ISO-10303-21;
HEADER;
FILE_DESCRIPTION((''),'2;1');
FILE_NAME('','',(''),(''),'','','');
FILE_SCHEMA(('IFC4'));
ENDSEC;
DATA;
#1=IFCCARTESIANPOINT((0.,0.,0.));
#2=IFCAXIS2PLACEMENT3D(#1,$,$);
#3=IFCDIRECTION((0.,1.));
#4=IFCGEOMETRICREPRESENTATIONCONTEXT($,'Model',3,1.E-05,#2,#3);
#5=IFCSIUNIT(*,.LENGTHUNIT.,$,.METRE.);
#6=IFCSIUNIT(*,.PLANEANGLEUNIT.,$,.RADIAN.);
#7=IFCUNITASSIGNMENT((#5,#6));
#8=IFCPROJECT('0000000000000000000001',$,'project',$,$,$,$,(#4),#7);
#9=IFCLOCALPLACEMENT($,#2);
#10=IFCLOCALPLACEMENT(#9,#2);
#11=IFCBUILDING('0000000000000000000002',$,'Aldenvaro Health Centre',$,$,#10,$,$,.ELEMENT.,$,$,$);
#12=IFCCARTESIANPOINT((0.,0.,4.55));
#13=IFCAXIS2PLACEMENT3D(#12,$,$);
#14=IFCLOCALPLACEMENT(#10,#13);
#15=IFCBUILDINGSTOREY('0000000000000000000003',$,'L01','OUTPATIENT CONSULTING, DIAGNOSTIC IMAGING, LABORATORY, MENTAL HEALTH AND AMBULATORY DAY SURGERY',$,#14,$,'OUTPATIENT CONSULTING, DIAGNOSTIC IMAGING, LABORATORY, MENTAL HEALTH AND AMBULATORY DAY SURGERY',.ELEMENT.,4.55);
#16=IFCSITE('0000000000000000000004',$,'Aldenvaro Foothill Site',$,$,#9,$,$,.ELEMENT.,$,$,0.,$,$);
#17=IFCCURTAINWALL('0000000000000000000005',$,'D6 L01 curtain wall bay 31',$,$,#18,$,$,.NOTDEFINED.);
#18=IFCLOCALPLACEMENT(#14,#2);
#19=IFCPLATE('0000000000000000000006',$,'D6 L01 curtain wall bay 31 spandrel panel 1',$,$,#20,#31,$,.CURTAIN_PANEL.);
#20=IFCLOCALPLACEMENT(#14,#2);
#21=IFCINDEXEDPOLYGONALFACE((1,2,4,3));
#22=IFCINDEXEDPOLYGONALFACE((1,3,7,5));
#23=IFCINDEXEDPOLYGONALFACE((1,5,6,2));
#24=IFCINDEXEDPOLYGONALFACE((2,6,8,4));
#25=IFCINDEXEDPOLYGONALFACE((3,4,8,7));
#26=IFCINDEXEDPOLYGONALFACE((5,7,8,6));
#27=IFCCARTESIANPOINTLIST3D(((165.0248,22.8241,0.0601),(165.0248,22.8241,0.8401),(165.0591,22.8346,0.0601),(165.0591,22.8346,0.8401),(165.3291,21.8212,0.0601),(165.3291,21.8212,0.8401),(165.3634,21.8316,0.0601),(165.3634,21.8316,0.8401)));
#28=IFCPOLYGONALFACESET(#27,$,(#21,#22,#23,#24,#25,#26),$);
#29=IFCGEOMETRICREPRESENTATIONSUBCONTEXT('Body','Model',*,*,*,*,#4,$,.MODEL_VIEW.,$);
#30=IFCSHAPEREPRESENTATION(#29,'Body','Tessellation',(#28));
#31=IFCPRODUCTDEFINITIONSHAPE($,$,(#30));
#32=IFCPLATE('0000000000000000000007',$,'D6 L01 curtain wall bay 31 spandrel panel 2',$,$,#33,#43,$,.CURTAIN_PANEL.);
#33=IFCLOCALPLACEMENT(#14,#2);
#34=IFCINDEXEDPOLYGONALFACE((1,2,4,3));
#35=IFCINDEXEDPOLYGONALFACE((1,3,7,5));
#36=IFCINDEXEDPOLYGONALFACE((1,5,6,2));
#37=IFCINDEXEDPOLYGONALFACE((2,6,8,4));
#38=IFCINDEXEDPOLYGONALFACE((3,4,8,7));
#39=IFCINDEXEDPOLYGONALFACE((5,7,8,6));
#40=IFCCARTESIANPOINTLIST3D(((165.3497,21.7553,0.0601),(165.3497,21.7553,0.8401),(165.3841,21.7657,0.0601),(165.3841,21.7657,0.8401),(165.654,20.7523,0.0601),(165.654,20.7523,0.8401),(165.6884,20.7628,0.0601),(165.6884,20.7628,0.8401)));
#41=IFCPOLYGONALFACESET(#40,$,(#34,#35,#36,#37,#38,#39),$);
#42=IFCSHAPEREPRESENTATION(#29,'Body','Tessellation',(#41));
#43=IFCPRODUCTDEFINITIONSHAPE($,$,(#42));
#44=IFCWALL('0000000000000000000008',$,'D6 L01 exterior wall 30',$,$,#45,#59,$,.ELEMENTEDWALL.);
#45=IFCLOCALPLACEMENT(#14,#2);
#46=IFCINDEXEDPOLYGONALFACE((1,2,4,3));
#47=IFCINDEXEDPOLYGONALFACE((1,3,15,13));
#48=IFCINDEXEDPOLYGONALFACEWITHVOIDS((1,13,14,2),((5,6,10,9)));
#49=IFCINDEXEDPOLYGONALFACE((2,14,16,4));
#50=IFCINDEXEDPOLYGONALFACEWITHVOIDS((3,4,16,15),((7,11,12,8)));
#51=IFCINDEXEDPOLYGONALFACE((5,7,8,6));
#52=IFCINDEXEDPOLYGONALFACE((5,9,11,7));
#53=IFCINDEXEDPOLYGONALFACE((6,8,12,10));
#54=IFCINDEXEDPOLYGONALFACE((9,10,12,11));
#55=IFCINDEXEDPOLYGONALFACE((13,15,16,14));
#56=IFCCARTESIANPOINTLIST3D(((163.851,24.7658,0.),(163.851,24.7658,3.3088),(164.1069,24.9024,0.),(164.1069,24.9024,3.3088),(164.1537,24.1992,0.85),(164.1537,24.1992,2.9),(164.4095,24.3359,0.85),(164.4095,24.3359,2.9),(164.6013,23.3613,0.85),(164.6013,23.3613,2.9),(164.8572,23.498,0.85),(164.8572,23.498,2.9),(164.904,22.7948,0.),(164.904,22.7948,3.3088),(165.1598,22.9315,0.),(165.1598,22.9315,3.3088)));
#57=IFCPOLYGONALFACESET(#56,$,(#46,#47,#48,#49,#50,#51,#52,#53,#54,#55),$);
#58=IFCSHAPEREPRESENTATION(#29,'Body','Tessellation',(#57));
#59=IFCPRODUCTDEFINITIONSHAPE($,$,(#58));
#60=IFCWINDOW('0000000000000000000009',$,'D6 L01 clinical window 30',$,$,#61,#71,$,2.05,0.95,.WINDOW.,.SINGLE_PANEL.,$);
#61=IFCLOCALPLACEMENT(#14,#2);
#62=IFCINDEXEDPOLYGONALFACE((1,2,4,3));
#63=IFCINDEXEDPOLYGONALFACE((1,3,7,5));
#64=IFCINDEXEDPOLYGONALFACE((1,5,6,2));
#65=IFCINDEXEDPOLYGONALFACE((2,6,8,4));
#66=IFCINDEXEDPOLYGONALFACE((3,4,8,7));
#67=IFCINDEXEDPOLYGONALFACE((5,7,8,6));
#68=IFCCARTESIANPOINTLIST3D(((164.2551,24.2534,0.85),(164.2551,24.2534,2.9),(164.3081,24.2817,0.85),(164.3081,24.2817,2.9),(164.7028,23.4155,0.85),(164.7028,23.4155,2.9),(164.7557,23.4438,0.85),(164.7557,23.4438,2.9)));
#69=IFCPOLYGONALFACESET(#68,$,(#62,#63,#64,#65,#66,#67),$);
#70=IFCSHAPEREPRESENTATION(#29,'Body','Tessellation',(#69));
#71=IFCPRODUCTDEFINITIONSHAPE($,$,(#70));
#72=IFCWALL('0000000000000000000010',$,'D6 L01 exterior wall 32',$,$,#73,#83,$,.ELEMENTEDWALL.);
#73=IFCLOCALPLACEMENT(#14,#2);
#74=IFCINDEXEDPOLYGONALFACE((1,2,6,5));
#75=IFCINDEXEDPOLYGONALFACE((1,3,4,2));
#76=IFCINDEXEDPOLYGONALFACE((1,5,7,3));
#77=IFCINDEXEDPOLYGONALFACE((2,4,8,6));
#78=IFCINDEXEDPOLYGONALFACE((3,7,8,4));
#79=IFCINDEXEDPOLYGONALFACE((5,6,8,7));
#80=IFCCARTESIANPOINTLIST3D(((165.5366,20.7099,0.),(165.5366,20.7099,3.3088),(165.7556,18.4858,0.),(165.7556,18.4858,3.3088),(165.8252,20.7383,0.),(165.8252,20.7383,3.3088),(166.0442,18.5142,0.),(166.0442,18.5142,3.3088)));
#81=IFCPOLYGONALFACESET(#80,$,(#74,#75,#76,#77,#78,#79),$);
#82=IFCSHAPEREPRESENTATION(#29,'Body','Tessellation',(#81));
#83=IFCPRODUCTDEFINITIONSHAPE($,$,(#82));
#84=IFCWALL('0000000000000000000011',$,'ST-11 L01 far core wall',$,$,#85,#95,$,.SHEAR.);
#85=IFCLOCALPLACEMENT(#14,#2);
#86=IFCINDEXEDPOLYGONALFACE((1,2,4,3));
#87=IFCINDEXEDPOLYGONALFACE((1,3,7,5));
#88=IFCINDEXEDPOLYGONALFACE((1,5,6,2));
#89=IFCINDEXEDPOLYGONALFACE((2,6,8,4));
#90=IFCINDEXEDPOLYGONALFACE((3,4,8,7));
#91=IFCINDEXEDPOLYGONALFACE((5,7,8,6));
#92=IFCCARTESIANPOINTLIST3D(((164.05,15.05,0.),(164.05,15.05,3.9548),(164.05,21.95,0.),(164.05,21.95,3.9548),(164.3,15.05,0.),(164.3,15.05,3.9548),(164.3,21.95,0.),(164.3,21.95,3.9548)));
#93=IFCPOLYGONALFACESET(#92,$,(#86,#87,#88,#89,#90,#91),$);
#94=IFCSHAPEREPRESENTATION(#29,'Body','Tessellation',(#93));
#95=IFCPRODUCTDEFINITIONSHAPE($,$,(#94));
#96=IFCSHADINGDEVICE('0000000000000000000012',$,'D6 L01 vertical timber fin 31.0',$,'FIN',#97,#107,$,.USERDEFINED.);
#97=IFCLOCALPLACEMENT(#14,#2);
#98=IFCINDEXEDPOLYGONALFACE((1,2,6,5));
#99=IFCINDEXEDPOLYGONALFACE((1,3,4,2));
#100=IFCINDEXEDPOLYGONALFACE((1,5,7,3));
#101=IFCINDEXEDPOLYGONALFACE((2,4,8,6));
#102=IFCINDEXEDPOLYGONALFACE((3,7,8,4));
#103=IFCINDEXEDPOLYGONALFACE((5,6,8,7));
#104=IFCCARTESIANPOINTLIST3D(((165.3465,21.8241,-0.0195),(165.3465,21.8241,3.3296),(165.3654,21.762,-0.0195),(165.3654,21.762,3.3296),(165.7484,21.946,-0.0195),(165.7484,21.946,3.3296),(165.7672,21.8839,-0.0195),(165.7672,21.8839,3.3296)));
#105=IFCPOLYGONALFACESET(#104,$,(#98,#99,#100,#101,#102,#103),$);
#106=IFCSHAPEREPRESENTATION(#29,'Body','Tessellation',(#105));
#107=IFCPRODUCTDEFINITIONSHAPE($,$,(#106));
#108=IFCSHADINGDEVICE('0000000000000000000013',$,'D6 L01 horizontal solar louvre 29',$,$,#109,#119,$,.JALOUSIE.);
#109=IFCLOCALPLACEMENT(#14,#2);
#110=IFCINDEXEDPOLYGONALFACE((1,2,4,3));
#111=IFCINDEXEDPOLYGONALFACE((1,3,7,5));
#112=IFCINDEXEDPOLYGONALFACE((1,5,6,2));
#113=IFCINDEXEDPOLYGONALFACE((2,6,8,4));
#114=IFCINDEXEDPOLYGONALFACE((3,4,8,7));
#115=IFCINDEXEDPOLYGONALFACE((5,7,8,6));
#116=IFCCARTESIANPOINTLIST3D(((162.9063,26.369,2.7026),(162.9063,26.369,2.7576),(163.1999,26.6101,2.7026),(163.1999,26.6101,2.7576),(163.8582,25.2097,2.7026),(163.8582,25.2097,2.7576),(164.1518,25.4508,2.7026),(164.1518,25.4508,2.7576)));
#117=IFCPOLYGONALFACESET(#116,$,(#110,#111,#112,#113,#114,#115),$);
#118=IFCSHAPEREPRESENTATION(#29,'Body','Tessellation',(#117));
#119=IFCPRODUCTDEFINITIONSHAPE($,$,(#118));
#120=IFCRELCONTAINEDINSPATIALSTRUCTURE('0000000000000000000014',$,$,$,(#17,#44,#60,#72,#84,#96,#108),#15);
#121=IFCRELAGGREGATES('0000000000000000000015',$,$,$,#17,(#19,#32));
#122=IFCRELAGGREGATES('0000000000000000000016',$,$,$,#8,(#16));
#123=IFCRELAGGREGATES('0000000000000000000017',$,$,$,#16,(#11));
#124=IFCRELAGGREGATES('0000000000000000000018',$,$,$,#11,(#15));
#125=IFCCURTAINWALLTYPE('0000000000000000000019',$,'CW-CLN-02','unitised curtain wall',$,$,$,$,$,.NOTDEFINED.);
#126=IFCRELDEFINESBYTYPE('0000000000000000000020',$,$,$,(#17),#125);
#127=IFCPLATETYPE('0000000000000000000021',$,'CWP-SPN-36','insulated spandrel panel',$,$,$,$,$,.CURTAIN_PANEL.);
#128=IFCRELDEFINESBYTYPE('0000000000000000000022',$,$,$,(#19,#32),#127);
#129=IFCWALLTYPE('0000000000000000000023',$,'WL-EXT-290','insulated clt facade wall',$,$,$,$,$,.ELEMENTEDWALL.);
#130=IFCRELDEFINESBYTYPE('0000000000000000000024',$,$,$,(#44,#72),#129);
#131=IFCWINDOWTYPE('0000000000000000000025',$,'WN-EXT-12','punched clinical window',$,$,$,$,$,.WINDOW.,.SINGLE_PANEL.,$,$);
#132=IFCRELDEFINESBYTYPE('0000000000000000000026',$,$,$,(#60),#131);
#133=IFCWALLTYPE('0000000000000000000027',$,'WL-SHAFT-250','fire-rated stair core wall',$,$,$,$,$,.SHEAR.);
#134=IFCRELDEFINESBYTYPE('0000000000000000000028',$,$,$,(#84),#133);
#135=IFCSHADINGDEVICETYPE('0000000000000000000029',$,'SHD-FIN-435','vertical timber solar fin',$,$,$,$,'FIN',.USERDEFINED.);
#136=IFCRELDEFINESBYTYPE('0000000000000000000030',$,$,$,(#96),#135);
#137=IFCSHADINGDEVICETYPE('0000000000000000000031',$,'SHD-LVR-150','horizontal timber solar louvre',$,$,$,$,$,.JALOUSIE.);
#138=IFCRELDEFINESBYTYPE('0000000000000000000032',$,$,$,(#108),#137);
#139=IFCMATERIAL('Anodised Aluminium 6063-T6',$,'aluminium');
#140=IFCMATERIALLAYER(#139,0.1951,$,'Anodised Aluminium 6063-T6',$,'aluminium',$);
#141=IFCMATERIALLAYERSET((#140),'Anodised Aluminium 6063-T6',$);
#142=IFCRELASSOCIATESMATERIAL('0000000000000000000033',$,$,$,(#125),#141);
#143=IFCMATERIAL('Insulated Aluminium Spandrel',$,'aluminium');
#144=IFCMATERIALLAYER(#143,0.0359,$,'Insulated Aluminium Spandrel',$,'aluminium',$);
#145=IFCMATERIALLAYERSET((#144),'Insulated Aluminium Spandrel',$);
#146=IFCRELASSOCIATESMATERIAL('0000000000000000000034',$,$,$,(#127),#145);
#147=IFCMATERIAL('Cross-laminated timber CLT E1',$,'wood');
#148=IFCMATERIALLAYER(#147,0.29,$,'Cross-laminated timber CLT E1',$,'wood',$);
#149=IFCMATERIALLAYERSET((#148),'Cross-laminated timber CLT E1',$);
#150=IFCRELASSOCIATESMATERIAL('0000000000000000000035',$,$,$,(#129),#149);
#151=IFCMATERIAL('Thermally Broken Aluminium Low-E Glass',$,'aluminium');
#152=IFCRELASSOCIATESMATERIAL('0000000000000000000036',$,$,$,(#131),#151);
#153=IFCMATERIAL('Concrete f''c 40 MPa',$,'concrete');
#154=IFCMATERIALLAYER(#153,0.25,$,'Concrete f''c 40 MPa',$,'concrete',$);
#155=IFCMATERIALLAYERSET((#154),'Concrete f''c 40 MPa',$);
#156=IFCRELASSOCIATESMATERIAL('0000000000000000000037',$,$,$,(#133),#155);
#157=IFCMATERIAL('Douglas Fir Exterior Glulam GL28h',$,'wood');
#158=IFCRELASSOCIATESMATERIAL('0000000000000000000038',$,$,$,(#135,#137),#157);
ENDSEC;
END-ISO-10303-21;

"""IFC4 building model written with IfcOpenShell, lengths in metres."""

from ifc_helpers import new_model, si_unit, direction, frame, frame_2d, origin, origin_2d, place, context, subcontext, project, spatial, rectangle, extrude, material, layer, layer_set, type_object, element, fill, aggregate, save


model = new_model("IFC4")

# Units and contexts
model_context = context("Model", 3, precision=1e-05, world=origin(), true_north=direction((0.0, 1.0)))
body_context = subcontext(model_context, "Body", "Model", "MODEL_VIEW")
ifc_project = project(units=[si_unit("LENGTHUNIT", "METRE"), si_unit("PLANEANGLEUNIT", "RADIAN")], contexts=[model_context])

# Site, building, storey
site_placement = place(None, origin())
site = spatial("IfcSite", under=ifc_project, at=site_placement, Name="Aldenvaro Foothill Site", CompositionType="ELEMENT", RefElevation=0.0)
building_placement = place(site_placement, origin())
building = spatial("IfcBuilding", under=site, at=building_placement, Name="Aldenvaro Health Centre", CompositionType="ELEMENT")
storey_placement = place(building_placement, frame((0.0, 0.0, 4.55)))
storey = spatial("IfcBuildingStorey", under=building, at=storey_placement, Name="L01", Description="OUTPATIENT CONSULTING, DIAGNOSTIC IMAGING, LABORATORY, MENTAL HEALTH AND AMBULATORY DAY SURGERY", LongName="OUTPATIENT CONSULTING, DIAGNOSTIC IMAGING, LABORATORY, MENTAL HEALTH AND AMBULATORY DAY SURGERY", CompositionType="ELEMENT", Elevation=4.55)

# Curtain wall
ifc_material_1 = material(Name="Anodised Aluminium 6063-T6", Category="aluminium")
ifc_layer_1 = layer(ifc_material_1, 0.1951, Name="Anodised Aluminium 6063-T6", Category="aluminium")
ifc_layer_set_1 = layer_set([ifc_layer_1], Name="Anodised Aluminium 6063-T6")
curtain_wall_type = type_object("IfcCurtainWallType", Name="CW-CLN-02", Description="unitised curtain wall", PredefinedType="NOTDEFINED", material=ifc_layer_set_1)
curtain_wall_placement = place(storey_placement, origin())
curtain_wall = element("IfcCurtainWall", 1, at=curtain_wall_placement, inside=storey, type_object=curtain_wall_type, Name="D6 L01 curtain wall bay 31", PredefinedType="NOTDEFINED")

# Plates
ifc_material_2 = material(Name="Insulated Aluminium Spandrel", Category="aluminium")
ifc_layer_2 = layer(ifc_material_2, 0.0359, Name="Insulated Aluminium Spandrel", Category="aluminium")
ifc_layer_set_2 = layer_set([ifc_layer_2], Name="Insulated Aluminium Spandrel")
plate_type_1 = type_object("IfcPlateType", Name="CWP-SPN-36", Description="insulated spandrel panel", PredefinedType="CURTAIN_PANEL", material=ifc_layer_set_2)
plate_1_placement = place(storey_placement, frame((165.1941, 22.3279, 0.0601), z_axis=(0.0, 0.0, 1.0), x_axis=(0.290343, -0.956923, 0.0)))
plate_1 = element("IfcPlate", 2, at=plate_1_placement, type_object=plate_type_1, Name="D6 L01 curtain wall bay 31 spandrel panel 1", PredefinedType="CURTAIN_PANEL", context=body_context, shape_type="SweptSolid", body=[
    extrude(rectangle(XDim=1.0481, YDim=0.0359, at=origin_2d()), origin(), (0.0, 0.0, 1.0), 0.78),
])
plate_2_placement = place(storey_placement, frame((165.519, 21.259, 0.0601), z_axis=(0.0, 0.0, 1.0), x_axis=(0.290343, -0.956923, 0.0)))
plate_2 = element("IfcPlate", 3, at=plate_2_placement, type_object=plate_type_1, Name="D6 L01 curtain wall bay 31 spandrel panel 2", PredefinedType="CURTAIN_PANEL", context=body_context, shape_type="SweptSolid", body=[
    extrude(rectangle(XDim=1.0481, YDim=0.0359, at=origin_2d()), origin(), (0.0, 0.0, 1.0), 0.78),
])
aggregate(curtain_wall, [plate_1, plate_2])

# Wall, opening, window
ifc_material_3 = material(Name="Cross-laminated timber CLT E1", Category="wood")
ifc_layer_3 = layer(ifc_material_3, 0.29, Name="Cross-laminated timber CLT E1", Category="wood")
ifc_layer_set_3 = layer_set([ifc_layer_3], Name="Cross-laminated timber CLT E1")
wall_type_1 = type_object("IfcWallType", Name="WL-EXT-290", Description="insulated clt facade wall", PredefinedType="ELEMENTEDWALL", material=ifc_layer_set_3)
wall_1_placement = place(storey_placement, frame((163.979, 24.834, 0.0), z_axis=(0.0, 0.0, 1.0), x_axis=(0.471218, -0.882017, 0.0)))
wall_1 = element("IfcWall", 4, at=wall_1_placement, inside=storey, type_object=wall_type_1, Name="D6 L01 exterior wall 30", PredefinedType="ELEMENTEDWALL", context=body_context, shape_type="SweptSolid", body=[
    extrude(rectangle(XDim=2.2346, YDim=0.29, at=frame_2d((1.1172, 0.0))), origin(), (0.0, 0.0, 1.0), 3.3088),
])
opening_placement = place(wall_1_placement, frame((0.6421, 0.0, 0.8501)))
opening = element("IfcOpeningElement", 5, at=opening_placement, cuts=wall_1, PredefinedType="OPENING", context=body_context, shape_type="SweptSolid", body=[
    extrude(rectangle(XDim=0.95, YDim=2.05, at=frame_2d((0.4751, 1.0249))), frame((0.0, 0.155, 0.0), z_axis=(0.0, -1.0, 0.0), x_axis=(1.0, 0.0, 0.0)), (0.0, 0.0, 1.0), 0.3101),
])
ifc_material_4 = material(Name="Thermally Broken Aluminium Low-E Glass", Category="aluminium")
window_type = type_object("IfcWindowType", Name="WN-EXT-12", Description="punched clinical window", PartitioningType="SINGLE_PANEL", PredefinedType="WINDOW", material=ifc_material_4)
window_placement = place(opening_placement, origin())
window = element("IfcWindow", 6, at=window_placement, inside=storey, type_object=window_type, Name="D6 L01 clinical window 30", OverallHeight=2.05, OverallWidth=0.95, PartitioningType="SINGLE_PANEL", PredefinedType="WINDOW", context=body_context, shape_type="SweptSolid", body=[
    extrude(rectangle(XDim=0.95, YDim=2.05, at=frame_2d((0.4751, 1.0249))), frame((0.0, 0.03, 0.0), z_axis=(0.0, -1.0, 0.0), x_axis=(1.0, 0.0, 0.0)), (0.0, 0.0, 1.0), 0.0601),
])
fill(opening, window)

# Walls
wall_2_placement = place(storey_placement, frame((165.6809, 20.7241, 0.0), z_axis=(0.0, 0.0, 1.0), x_axis=(0.097989, -0.995187, 0.0)))
element("IfcWall", 7, at=wall_2_placement, inside=storey, type_object=wall_type_1, Name="D6 L01 exterior wall 32", PredefinedType="ELEMENTEDWALL", context=body_context, shape_type="SweptSolid", body=[
    extrude(rectangle(XDim=2.2349, YDim=0.29, at=frame_2d((1.1174, 0.0))), origin(), (0.0, 0.0, 1.0), 3.3088),
])
ifc_material_5 = material(Name="Concrete f'c 40 MPa", Category="concrete")
ifc_layer_4 = layer(ifc_material_5, 0.25, Name="Concrete f'c 40 MPa", Category="concrete")
ifc_layer_set_4 = layer_set([ifc_layer_4], Name="Concrete f'c 40 MPa")
wall_type_2 = type_object("IfcWallType", Name="WL-SHAFT-250", Description="fire-rated stair core wall", PredefinedType="SHEAR", material=ifc_layer_set_4)
wall_3_placement = place(storey_placement, frame((164.175, 21.95, 0.0), z_axis=(0.0, 0.0, 1.0), x_axis=(0.0, -1.0, 0.0)))
element("IfcWall", 8, at=wall_3_placement, inside=storey, type_object=wall_type_2, Name="ST-11 L01 far core wall", PredefinedType="SHEAR", context=body_context, shape_type="SweptSolid", body=[
    extrude(rectangle(XDim=6.8999, YDim=0.25, at=frame_2d((3.45, 0.0))), origin(), (0.0, 0.0, 1.0), 3.9548),
])

# Shading devices
ifc_material_6 = material(Name="Douglas Fir Exterior Glulam GL28h", Category="wood")
shading_device_type_1 = type_object("IfcShadingDeviceType", Name="SHD-FIN-435", Description="vertical timber solar fin", ElementType="FIN", PredefinedType="USERDEFINED", material=ifc_material_6)
shading_device_1_placement = place(storey_placement, frame((165.5569, 21.854, -0.0195), z_axis=(0.0, 0.0, 1.0), x_axis=(0.290343, -0.956923, 0.0)))
element("IfcShadingDevice", 9, at=shading_device_1_placement, inside=storey, type_object=shading_device_type_1, Name="D6 L01 vertical timber fin 31.0", ObjectType="FIN", PredefinedType="USERDEFINED", context=body_context, shape_type="SweptSolid", body=[
    extrude(rectangle(XDim=0.0649, YDim=0.4199, at=origin_2d()), origin(), (0.0, 0.0, 1.0), 3.3491),
])
shading_device_type_2 = type_object("IfcShadingDeviceType", Name="SHD-LVR-150", Description="horizontal timber solar louvre", PredefinedType="JALOUSIE", material=ifc_material_6)
shading_device_2_placement = place(storey_placement, frame((163.5291, 25.9099, 2.7026), z_axis=(0.0, 0.0, 1.0), x_axis=(0.634577, -0.77286, 0.0)))
element("IfcShadingDevice", 10, at=shading_device_2_placement, inside=storey, type_object=shading_device_type_2, Name="D6 L01 horizontal solar louvre 29", PredefinedType="JALOUSIE", context=body_context, shape_type="SweptSolid", body=[
    extrude(rectangle(XDim=1.5, YDim=0.3799, at=origin_2d()), origin(), (0.0, 0.0, 1.0), 0.0549),
])

save(model, "model.ifc")
